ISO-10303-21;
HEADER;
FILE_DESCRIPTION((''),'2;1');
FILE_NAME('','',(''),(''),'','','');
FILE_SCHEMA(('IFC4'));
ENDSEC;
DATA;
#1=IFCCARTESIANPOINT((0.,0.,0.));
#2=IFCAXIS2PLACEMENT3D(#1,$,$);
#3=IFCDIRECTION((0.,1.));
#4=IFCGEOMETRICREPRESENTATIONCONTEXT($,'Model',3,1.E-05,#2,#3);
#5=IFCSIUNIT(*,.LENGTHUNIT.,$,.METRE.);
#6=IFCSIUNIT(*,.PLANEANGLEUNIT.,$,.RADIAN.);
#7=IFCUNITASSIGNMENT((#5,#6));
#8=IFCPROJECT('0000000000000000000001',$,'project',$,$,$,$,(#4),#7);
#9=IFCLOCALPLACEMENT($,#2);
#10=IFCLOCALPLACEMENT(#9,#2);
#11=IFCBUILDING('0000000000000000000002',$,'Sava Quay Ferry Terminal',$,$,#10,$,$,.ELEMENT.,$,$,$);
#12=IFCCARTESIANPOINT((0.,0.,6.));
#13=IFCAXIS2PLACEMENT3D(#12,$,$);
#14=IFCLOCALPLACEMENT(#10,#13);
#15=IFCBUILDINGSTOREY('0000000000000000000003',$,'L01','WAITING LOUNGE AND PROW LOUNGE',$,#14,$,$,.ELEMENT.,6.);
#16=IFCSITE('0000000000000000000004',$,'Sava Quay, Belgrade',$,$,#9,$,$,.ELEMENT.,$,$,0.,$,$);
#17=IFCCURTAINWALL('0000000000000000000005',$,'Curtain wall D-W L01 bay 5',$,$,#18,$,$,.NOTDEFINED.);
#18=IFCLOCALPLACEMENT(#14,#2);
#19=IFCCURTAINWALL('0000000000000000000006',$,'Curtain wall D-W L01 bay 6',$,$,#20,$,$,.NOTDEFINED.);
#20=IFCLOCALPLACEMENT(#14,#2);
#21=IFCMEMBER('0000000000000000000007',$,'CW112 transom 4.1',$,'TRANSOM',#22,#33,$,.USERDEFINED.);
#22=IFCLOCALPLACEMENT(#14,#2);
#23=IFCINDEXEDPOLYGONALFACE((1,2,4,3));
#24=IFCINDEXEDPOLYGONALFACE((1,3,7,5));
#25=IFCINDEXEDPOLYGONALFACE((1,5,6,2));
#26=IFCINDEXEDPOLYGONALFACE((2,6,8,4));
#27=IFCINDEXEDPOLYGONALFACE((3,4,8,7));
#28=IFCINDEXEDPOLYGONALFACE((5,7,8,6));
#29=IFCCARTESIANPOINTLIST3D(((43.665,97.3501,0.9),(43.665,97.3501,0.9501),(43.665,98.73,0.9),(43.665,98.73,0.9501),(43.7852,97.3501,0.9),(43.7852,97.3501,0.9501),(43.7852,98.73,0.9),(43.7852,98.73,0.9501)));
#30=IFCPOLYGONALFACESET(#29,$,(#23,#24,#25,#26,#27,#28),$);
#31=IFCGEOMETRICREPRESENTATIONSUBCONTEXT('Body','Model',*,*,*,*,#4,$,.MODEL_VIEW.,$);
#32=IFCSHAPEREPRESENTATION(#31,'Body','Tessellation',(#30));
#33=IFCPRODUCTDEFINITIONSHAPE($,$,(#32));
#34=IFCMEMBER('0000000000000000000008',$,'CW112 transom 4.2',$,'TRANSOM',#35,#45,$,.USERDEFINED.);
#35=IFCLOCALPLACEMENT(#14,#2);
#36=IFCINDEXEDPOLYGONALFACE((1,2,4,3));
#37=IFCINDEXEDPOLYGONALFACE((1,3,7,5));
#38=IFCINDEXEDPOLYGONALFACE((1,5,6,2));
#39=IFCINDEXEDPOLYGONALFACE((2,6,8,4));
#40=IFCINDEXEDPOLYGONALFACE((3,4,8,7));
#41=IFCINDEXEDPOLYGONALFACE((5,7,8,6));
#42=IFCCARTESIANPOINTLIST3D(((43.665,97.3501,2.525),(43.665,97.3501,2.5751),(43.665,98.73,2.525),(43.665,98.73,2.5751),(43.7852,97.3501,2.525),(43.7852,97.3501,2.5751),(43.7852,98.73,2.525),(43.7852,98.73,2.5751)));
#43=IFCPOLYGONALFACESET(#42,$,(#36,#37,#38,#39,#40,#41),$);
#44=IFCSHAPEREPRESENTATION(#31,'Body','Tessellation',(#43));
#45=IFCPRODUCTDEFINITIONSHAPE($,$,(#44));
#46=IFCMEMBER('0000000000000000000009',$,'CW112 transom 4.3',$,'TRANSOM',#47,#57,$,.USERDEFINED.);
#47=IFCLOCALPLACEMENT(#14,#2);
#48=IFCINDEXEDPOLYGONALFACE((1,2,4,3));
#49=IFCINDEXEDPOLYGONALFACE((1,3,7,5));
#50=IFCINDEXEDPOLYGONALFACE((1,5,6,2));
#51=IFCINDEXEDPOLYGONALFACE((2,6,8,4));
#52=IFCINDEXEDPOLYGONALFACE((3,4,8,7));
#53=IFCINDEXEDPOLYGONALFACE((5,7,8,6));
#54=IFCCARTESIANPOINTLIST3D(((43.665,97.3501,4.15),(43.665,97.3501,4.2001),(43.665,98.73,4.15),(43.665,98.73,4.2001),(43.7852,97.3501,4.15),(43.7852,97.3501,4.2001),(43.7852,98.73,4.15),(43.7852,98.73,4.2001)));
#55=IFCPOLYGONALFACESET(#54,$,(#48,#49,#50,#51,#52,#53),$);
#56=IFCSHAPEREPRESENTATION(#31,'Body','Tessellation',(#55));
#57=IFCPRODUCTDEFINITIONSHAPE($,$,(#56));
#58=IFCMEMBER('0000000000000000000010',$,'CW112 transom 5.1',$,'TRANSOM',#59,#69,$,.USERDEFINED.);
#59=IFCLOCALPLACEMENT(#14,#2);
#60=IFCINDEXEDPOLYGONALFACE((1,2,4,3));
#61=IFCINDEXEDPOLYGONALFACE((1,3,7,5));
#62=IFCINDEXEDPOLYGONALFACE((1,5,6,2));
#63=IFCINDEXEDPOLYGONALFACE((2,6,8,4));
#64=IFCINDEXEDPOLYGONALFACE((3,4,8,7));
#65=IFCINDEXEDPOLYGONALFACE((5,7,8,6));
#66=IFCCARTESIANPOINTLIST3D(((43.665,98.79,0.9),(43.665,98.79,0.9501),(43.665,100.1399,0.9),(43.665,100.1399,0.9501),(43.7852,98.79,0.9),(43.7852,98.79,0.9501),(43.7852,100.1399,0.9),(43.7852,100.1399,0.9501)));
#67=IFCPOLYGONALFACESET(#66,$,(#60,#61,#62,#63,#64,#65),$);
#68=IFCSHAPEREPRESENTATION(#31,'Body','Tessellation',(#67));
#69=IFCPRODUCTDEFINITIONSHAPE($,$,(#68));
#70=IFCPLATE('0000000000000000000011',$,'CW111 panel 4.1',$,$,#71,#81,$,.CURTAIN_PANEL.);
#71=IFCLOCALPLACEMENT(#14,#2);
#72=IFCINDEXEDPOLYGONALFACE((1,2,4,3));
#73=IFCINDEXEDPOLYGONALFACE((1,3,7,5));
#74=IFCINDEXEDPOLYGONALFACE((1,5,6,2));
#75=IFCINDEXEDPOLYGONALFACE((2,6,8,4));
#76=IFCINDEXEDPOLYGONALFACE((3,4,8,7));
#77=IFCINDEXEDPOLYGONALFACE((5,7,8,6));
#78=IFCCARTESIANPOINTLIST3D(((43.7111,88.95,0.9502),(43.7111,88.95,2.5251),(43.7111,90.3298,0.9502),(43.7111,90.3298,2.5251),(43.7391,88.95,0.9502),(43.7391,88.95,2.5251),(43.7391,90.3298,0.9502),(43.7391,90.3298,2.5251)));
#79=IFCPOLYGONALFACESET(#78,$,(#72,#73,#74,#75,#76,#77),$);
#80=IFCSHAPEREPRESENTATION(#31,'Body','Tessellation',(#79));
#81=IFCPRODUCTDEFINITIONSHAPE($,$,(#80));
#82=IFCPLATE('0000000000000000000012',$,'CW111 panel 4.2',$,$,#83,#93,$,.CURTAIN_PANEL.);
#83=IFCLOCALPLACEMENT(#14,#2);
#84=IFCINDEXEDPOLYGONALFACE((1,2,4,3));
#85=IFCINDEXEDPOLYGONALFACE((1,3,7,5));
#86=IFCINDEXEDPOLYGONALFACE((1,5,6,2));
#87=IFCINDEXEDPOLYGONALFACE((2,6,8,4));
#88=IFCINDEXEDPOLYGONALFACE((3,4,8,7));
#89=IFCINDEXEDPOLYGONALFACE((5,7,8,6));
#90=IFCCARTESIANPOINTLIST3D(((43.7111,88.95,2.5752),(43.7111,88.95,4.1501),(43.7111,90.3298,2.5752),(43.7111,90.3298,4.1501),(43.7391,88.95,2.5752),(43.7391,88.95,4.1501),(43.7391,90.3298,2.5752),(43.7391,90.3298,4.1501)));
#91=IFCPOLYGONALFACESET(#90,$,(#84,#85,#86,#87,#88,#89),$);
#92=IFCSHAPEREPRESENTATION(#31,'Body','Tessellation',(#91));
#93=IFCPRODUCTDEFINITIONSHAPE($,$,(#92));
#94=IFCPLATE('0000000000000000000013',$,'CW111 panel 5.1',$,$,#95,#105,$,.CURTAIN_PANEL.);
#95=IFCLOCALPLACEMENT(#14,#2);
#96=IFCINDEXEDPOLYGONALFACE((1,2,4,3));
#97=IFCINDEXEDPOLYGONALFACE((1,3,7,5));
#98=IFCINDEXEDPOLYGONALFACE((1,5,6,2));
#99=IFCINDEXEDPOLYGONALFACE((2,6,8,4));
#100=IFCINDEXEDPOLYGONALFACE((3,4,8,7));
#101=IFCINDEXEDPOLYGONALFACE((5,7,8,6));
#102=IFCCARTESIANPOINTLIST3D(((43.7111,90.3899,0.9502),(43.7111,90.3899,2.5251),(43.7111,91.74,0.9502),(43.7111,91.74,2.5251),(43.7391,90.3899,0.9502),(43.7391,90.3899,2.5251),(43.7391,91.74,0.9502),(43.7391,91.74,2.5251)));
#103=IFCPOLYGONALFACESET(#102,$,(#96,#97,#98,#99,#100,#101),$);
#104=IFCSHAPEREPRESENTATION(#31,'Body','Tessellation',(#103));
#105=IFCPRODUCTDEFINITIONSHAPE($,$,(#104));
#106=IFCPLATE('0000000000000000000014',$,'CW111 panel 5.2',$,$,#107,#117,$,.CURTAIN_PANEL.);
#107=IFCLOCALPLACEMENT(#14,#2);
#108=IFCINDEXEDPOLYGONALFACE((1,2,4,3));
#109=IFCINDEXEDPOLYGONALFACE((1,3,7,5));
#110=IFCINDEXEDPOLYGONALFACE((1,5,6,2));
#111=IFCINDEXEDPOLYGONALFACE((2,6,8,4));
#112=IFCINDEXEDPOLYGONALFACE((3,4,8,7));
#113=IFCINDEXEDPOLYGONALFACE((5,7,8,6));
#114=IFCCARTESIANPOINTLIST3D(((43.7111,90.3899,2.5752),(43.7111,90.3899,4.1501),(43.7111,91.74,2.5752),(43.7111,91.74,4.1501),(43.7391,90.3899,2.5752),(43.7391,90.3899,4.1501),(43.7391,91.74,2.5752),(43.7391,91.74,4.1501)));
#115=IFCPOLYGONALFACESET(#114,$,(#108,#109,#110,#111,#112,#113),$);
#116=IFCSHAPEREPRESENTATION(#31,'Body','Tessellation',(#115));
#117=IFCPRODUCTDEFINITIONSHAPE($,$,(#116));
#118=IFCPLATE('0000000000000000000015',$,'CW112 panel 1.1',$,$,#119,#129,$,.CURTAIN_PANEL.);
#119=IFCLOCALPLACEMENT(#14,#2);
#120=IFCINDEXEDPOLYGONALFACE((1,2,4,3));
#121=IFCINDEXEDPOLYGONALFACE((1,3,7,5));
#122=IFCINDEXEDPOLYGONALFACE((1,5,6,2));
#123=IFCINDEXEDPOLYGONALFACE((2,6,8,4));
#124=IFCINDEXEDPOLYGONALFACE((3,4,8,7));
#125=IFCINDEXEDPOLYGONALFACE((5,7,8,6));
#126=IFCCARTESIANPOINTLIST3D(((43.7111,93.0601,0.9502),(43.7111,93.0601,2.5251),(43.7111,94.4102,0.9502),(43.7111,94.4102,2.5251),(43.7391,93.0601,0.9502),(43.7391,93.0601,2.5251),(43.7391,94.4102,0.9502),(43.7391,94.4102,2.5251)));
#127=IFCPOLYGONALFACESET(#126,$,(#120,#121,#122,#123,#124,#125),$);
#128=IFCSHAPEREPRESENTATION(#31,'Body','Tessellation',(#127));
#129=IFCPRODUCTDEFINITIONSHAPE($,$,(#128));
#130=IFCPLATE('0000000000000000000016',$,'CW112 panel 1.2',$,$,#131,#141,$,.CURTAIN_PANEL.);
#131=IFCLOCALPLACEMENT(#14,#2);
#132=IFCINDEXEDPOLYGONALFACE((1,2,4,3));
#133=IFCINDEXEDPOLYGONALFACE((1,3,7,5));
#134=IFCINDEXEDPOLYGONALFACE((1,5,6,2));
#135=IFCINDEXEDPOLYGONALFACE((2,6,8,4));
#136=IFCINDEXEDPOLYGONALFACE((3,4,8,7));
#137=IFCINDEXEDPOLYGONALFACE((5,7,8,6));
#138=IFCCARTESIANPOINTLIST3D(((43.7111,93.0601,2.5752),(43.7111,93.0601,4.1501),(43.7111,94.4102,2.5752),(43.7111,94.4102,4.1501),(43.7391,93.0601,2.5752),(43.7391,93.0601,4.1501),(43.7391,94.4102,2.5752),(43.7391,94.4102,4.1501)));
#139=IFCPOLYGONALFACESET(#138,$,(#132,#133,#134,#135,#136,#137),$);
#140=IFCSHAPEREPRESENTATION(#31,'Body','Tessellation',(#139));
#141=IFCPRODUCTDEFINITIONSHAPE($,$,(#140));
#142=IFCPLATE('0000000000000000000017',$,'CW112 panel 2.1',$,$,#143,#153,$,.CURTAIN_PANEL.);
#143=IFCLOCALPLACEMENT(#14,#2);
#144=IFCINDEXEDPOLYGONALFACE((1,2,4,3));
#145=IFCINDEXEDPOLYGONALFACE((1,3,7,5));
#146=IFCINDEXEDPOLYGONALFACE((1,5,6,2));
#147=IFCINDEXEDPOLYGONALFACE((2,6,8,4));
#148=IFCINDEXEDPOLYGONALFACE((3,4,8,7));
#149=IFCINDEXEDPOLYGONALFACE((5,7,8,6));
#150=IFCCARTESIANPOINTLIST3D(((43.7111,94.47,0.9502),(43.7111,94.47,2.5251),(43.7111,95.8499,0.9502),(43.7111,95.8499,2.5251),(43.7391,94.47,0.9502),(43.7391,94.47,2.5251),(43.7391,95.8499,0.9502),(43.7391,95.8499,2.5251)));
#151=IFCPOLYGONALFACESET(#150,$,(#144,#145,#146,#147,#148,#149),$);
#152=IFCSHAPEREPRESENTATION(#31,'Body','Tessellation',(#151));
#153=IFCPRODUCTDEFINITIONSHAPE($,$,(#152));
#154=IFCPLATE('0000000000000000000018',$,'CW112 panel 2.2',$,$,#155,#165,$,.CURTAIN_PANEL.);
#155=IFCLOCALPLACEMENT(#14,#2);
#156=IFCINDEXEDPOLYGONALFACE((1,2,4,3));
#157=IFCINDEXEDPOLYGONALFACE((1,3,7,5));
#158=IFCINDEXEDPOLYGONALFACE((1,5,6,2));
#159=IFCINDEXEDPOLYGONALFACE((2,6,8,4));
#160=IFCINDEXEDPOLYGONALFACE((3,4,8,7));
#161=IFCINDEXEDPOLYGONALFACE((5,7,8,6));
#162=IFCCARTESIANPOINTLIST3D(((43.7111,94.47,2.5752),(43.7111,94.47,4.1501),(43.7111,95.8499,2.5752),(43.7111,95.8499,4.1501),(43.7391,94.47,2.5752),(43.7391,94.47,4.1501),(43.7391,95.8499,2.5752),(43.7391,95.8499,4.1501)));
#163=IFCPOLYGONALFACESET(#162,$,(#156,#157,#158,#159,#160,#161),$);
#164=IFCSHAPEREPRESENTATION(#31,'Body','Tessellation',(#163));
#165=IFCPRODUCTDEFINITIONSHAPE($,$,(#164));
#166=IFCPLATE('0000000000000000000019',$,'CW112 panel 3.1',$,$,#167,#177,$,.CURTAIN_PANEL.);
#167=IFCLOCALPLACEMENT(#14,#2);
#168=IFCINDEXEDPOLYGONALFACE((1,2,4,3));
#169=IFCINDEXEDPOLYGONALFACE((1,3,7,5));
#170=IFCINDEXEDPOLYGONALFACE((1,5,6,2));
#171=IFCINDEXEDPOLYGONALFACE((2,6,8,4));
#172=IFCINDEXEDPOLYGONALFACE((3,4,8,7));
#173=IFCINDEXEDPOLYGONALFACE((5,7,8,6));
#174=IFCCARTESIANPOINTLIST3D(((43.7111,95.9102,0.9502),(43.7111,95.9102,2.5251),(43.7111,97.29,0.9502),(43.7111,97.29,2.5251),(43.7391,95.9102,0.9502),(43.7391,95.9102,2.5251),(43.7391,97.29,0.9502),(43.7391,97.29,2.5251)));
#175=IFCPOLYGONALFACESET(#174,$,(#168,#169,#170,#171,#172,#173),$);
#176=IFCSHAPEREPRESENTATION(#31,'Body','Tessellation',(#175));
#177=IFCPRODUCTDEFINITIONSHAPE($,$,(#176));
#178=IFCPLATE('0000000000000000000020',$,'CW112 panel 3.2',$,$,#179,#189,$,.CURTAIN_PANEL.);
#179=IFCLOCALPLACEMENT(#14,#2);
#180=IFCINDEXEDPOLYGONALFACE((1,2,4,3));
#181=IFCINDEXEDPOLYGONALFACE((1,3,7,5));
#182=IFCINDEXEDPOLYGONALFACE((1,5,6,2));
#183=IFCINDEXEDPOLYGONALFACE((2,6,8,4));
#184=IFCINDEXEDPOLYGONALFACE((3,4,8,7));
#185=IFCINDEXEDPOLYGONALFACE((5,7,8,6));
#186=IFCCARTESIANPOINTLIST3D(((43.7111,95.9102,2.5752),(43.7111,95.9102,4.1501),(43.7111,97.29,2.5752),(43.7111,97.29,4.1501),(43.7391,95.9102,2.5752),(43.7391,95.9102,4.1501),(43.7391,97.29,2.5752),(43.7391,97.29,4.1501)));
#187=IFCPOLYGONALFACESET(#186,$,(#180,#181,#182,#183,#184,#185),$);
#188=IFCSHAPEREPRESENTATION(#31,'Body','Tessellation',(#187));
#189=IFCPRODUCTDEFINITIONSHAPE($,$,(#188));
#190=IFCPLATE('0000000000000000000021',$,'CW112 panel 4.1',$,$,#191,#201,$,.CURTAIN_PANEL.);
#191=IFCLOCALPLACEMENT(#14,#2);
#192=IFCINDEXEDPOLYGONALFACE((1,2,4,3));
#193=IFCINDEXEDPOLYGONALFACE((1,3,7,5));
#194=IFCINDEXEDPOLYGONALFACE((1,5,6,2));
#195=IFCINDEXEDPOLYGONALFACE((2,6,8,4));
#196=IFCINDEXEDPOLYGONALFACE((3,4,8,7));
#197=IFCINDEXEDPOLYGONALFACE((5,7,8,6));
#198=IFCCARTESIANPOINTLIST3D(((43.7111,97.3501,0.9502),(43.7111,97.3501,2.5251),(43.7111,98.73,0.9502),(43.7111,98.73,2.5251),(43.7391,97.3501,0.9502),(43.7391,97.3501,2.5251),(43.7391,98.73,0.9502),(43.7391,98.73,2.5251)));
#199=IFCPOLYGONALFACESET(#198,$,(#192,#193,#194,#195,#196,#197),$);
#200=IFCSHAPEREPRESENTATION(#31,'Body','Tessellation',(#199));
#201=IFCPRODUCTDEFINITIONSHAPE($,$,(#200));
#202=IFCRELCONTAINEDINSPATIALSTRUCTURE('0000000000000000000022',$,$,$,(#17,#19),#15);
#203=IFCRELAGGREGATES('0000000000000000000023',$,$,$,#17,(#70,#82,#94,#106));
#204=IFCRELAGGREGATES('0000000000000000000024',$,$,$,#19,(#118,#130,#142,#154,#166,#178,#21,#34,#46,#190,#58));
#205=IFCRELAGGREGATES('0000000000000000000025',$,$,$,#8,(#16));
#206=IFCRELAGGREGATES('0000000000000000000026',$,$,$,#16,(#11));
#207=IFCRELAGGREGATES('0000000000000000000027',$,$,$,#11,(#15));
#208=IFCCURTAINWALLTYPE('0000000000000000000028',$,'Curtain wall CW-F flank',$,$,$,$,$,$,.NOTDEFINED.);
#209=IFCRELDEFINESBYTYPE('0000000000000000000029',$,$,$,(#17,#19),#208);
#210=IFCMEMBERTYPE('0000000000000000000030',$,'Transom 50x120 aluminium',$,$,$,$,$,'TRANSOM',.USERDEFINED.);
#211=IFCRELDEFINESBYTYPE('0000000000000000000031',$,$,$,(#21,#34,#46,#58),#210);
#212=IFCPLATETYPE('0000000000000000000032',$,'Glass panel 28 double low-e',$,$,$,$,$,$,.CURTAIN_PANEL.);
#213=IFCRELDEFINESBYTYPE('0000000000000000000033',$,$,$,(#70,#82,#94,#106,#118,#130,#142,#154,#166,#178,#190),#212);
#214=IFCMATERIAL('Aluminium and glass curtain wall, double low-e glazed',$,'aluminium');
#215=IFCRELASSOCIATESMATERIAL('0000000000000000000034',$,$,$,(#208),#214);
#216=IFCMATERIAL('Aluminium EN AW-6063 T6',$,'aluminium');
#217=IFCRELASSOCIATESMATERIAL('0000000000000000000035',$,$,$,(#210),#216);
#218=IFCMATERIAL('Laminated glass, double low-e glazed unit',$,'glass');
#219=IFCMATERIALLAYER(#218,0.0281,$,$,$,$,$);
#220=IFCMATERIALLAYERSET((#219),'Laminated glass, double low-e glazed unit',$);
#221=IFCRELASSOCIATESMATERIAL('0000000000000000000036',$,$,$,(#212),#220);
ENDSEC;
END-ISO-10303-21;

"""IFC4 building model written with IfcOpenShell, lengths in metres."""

from ifc_helpers import new_model, si_unit, direction, frame, origin, origin_2d, place, context, subcontext, project, spatial, rectangle, extrude, material, layer, layer_set, material_profile, profile_set, type_object, element, aggregate, save


model = new_model("IFC4")

# Units and contexts
model_context = context("Model", 3, precision=1e-05, world=origin(), true_north=direction((0.0, 1.0)))
body_context = subcontext(model_context, "Body", "Model", "MODEL_VIEW")
ifc_project = project(units=[si_unit("LENGTHUNIT", "METRE"), si_unit("PLANEANGLEUNIT", "RADIAN")], contexts=[model_context])

# Site, building, storey
site_placement = place(None, origin())
site = spatial("IfcSite", under=ifc_project, at=site_placement, Name="Sava Quay, Belgrade", CompositionType="ELEMENT", RefElevation=0.0)
building_placement = place(site_placement, origin())
building = spatial("IfcBuilding", under=site, at=building_placement, Name="Sava Quay Ferry Terminal", CompositionType="ELEMENT")
storey_placement = place(building_placement, frame((0.0, 0.0, 6.0)))
storey = spatial("IfcBuildingStorey", under=building, at=storey_placement, Name="L01", Description="WAITING LOUNGE AND PROW LOUNGE", CompositionType="ELEMENT", Elevation=6.0)

# Curtain walls
ifc_material_1 = material(Name="Aluminium and glass curtain wall, double low-e glazed", Category="aluminium")
curtain_wall_type = type_object("IfcCurtainWallType", Name="Curtain wall CW-F flank", PredefinedType="NOTDEFINED", material=ifc_material_1)
curtain_wall_1_placement = place(storey_placement, origin())
curtain_wall_1 = element("IfcCurtainWall", 1, at=curtain_wall_1_placement, inside=storey, type_object=curtain_wall_type, Name="Curtain wall D-W L01 bay 5", PredefinedType="NOTDEFINED")
curtain_wall_2_placement = place(storey_placement, origin())
curtain_wall_2 = element("IfcCurtainWall", 2, at=curtain_wall_2_placement, inside=storey, type_object=curtain_wall_type, Name="Curtain wall D-W L01 bay 6", PredefinedType="NOTDEFINED")

# Members
ifc_material_2 = material(Name="Aluminium EN AW-6063 T6", Category="aluminium")
ifc_material_profile_1 = material_profile(ifc_material_2, rectangle(XDim=0.1201, YDim=0.05, at=origin_2d()), Name="Transom 50x120 aluminium")
ifc_profile_set_1 = profile_set([ifc_material_profile_1], Name="Aluminium EN AW-6063 T6")
member_type_1 = type_object("IfcMemberType", Name="Transom 50x120 aluminium", ElementType="TRANSOM", PredefinedType="USERDEFINED", material=ifc_profile_set_1)
member_1_placement = place(storey_placement, frame((43.7251, 97.3501, 0.925), z_axis=(0.0, 1.0, 0.0), x_axis=(-1.0, 0.0, 0.0)))
member_1 = element("IfcMember", 3, at=member_1_placement, type_object=member_type_1, Name="CW112 transom 4.1", ObjectType="TRANSOM", PredefinedType="USERDEFINED", context=body_context, shape_type="SweptSolid", body=[
    extrude(rectangle(XDim=0.1201, YDim=0.05, at=origin_2d()), origin(), (0.0, 0.0, 1.0), 1.3799),
])
member_2_placement = place(storey_placement, frame((43.7251, 97.3501, 2.55), z_axis=(0.0, 1.0, 0.0), x_axis=(-1.0, 0.0, 0.0)))
member_2 = element("IfcMember", 4, at=member_2_placement, type_object=member_type_1, Name="CW112 transom 4.2", ObjectType="TRANSOM", PredefinedType="USERDEFINED", context=body_context, shape_type="SweptSolid", body=[
    extrude(rectangle(XDim=0.1201, YDim=0.05, at=origin_2d()), origin(), (0.0, 0.0, 1.0), 1.3799),
])
member_3_placement = place(storey_placement, frame((43.7251, 97.3501, 4.175), z_axis=(0.0, 1.0, 0.0), x_axis=(-1.0, 0.0, 0.0)))
member_3 = element("IfcMember", 5, at=member_3_placement, type_object=member_type_1, Name="CW112 transom 4.3", ObjectType="TRANSOM", PredefinedType="USERDEFINED", context=body_context, shape_type="SweptSolid", body=[
    extrude(rectangle(XDim=0.1201, YDim=0.05, at=origin_2d()), origin(), (0.0, 0.0, 1.0), 1.3799),
])
member_4_placement = place(storey_placement, frame((43.7251, 98.79, 0.925), z_axis=(0.0, 1.0, 0.0), x_axis=(-1.0, 0.0, 0.0)))
member_4 = element("IfcMember", 6, at=member_4_placement, type_object=member_type_1, Name="CW112 transom 5.1", ObjectType="TRANSOM", PredefinedType="USERDEFINED", context=body_context, shape_type="SweptSolid", body=[
    extrude(rectangle(XDim=0.1201, YDim=0.05, at=origin_2d()), origin(), (0.0, 0.0, 1.0), 1.3499),
])

# Plates
ifc_material_3 = material(Name="Laminated glass, double low-e glazed unit", Category="glass")
ifc_layer_1 = layer(ifc_material_3, 0.0281)
ifc_layer_set_1 = layer_set([ifc_layer_1], Name="Laminated glass, double low-e glazed unit")
plate_type = type_object("IfcPlateType", Name="Glass panel 28 double low-e", PredefinedType="CURTAIN_PANEL", material=ifc_layer_set_1)
plate_1_placement = place(storey_placement, frame((43.7251, 89.6399, 0.9502), z_axis=(0.0, 0.0, 1.0), x_axis=(0.0, 1.0, 0.0)))
plate_1 = element("IfcPlate", 7, at=plate_1_placement, type_object=plate_type, Name="CW111 panel 4.1", PredefinedType="CURTAIN_PANEL", context=body_context, shape_type="SweptSolid", body=[
    extrude(rectangle(XDim=1.3799, YDim=0.0281, at=origin_2d()), origin(), (0.0, 0.0, 1.0), 1.575),
])
plate_2_placement = place(storey_placement, frame((43.7251, 89.6399, 2.5752), z_axis=(0.0, 0.0, 1.0), x_axis=(0.0, 1.0, 0.0)))
plate_2 = element("IfcPlate", 8, at=plate_2_placement, type_object=plate_type, Name="CW111 panel 4.2", PredefinedType="CURTAIN_PANEL", context=body_context, shape_type="SweptSolid", body=[
    extrude(rectangle(XDim=1.3799, YDim=0.0281, at=origin_2d()), origin(), (0.0, 0.0, 1.0), 1.575),
])
plate_3_placement = place(storey_placement, frame((43.7251, 91.0649, 0.9502), z_axis=(0.0, 0.0, 1.0), x_axis=(0.0, 1.0, 0.0)))
plate_3 = element("IfcPlate", 9, at=plate_3_placement, type_object=plate_type, Name="CW111 panel 5.1", PredefinedType="CURTAIN_PANEL", context=body_context, shape_type="SweptSolid", body=[
    extrude(rectangle(XDim=1.3501, YDim=0.0281, at=origin_2d()), origin(), (0.0, 0.0, 1.0), 1.575),
])
plate_4_placement = place(storey_placement, frame((43.7251, 91.0649, 2.5752), z_axis=(0.0, 0.0, 1.0), x_axis=(0.0, 1.0, 0.0)))
plate_4 = element("IfcPlate", 10, at=plate_4_placement, type_object=plate_type, Name="CW111 panel 5.2", PredefinedType="CURTAIN_PANEL", context=body_context, shape_type="SweptSolid", body=[
    extrude(rectangle(XDim=1.3501, YDim=0.0281, at=origin_2d()), origin(), (0.0, 0.0, 1.0), 1.575),
])
aggregate(curtain_wall_1, [plate_1, plate_2, plate_3, plate_4])
plate_5_placement = place(storey_placement, frame((43.7251, 93.7351, 0.9502), z_axis=(0.0, 0.0, 1.0), x_axis=(0.0, 1.0, 0.0)))
plate_5 = element("IfcPlate", 11, at=plate_5_placement, type_object=plate_type, Name="CW112 panel 1.1", PredefinedType="CURTAIN_PANEL", context=body_context, shape_type="SweptSolid", body=[
    extrude(rectangle(XDim=1.3501, YDim=0.0281, at=origin_2d()), origin(), (0.0, 0.0, 1.0), 1.575),
])
plate_6_placement = place(storey_placement, frame((43.7251, 93.7351, 2.5752), z_axis=(0.0, 0.0, 1.0), x_axis=(0.0, 1.0, 0.0)))
plate_6 = element("IfcPlate", 12, at=plate_6_placement, type_object=plate_type, Name="CW112 panel 1.2", PredefinedType="CURTAIN_PANEL", context=body_context, shape_type="SweptSolid", body=[
    extrude(rectangle(XDim=1.3501, YDim=0.0281, at=origin_2d()), origin(), (0.0, 0.0, 1.0), 1.575),
])
plate_7_placement = place(storey_placement, frame((43.7251, 95.1599, 0.9502), z_axis=(0.0, 0.0, 1.0), x_axis=(0.0, 1.0, 0.0)))
plate_7 = element("IfcPlate", 13, at=plate_7_placement, type_object=plate_type, Name="CW112 panel 2.1", PredefinedType="CURTAIN_PANEL", context=body_context, shape_type="SweptSolid", body=[
    extrude(rectangle(XDim=1.3799, YDim=0.0281, at=origin_2d()), origin(), (0.0, 0.0, 1.0), 1.575),
])
plate_8_placement = place(storey_placement, frame((43.7251, 95.1599, 2.5752), z_axis=(0.0, 0.0, 1.0), x_axis=(0.0, 1.0, 0.0)))
plate_8 = element("IfcPlate", 14, at=plate_8_placement, type_object=plate_type, Name="CW112 panel 2.2", PredefinedType="CURTAIN_PANEL", context=body_context, shape_type="SweptSolid", body=[
    extrude(rectangle(XDim=1.3799, YDim=0.0281, at=origin_2d()), origin(), (0.0, 0.0, 1.0), 1.575),
])
plate_9_placement = place(storey_placement, frame((43.7251, 96.6001, 0.9502), z_axis=(0.0, 0.0, 1.0), x_axis=(0.0, 1.0, 0.0)))
plate_9 = element("IfcPlate", 15, at=plate_9_placement, type_object=plate_type, Name="CW112 panel 3.1", PredefinedType="CURTAIN_PANEL", context=body_context, shape_type="SweptSolid", body=[
    extrude(rectangle(XDim=1.3799, YDim=0.0281, at=origin_2d()), origin(), (0.0, 0.0, 1.0), 1.575),
])
plate_10_placement = place(storey_placement, frame((43.7251, 96.6001, 2.5752), z_axis=(0.0, 0.0, 1.0), x_axis=(0.0, 1.0, 0.0)))
plate_10 = element("IfcPlate", 16, at=plate_10_placement, type_object=plate_type, Name="CW112 panel 3.2", PredefinedType="CURTAIN_PANEL", context=body_context, shape_type="SweptSolid", body=[
    extrude(rectangle(XDim=1.3799, YDim=0.0281, at=origin_2d()), origin(), (0.0, 0.0, 1.0), 1.575),
])
plate_11_placement = place(storey_placement, frame((43.7251, 98.04, 0.9502), z_axis=(0.0, 0.0, 1.0), x_axis=(0.0, 1.0, 0.0)))
plate_11 = element("IfcPlate", 17, at=plate_11_placement, type_object=plate_type, Name="CW112 panel 4.1", PredefinedType="CURTAIN_PANEL", context=body_context, shape_type="SweptSolid", body=[
    extrude(rectangle(XDim=1.3799, YDim=0.0281, at=origin_2d()), origin(), (0.0, 0.0, 1.0), 1.575),
])
aggregate(curtain_wall_2, [plate_5, plate_6, plate_7, plate_8, plate_9, plate_10, member_1, member_2, member_3, plate_11, member_4])

save(model, "model.ifc")
